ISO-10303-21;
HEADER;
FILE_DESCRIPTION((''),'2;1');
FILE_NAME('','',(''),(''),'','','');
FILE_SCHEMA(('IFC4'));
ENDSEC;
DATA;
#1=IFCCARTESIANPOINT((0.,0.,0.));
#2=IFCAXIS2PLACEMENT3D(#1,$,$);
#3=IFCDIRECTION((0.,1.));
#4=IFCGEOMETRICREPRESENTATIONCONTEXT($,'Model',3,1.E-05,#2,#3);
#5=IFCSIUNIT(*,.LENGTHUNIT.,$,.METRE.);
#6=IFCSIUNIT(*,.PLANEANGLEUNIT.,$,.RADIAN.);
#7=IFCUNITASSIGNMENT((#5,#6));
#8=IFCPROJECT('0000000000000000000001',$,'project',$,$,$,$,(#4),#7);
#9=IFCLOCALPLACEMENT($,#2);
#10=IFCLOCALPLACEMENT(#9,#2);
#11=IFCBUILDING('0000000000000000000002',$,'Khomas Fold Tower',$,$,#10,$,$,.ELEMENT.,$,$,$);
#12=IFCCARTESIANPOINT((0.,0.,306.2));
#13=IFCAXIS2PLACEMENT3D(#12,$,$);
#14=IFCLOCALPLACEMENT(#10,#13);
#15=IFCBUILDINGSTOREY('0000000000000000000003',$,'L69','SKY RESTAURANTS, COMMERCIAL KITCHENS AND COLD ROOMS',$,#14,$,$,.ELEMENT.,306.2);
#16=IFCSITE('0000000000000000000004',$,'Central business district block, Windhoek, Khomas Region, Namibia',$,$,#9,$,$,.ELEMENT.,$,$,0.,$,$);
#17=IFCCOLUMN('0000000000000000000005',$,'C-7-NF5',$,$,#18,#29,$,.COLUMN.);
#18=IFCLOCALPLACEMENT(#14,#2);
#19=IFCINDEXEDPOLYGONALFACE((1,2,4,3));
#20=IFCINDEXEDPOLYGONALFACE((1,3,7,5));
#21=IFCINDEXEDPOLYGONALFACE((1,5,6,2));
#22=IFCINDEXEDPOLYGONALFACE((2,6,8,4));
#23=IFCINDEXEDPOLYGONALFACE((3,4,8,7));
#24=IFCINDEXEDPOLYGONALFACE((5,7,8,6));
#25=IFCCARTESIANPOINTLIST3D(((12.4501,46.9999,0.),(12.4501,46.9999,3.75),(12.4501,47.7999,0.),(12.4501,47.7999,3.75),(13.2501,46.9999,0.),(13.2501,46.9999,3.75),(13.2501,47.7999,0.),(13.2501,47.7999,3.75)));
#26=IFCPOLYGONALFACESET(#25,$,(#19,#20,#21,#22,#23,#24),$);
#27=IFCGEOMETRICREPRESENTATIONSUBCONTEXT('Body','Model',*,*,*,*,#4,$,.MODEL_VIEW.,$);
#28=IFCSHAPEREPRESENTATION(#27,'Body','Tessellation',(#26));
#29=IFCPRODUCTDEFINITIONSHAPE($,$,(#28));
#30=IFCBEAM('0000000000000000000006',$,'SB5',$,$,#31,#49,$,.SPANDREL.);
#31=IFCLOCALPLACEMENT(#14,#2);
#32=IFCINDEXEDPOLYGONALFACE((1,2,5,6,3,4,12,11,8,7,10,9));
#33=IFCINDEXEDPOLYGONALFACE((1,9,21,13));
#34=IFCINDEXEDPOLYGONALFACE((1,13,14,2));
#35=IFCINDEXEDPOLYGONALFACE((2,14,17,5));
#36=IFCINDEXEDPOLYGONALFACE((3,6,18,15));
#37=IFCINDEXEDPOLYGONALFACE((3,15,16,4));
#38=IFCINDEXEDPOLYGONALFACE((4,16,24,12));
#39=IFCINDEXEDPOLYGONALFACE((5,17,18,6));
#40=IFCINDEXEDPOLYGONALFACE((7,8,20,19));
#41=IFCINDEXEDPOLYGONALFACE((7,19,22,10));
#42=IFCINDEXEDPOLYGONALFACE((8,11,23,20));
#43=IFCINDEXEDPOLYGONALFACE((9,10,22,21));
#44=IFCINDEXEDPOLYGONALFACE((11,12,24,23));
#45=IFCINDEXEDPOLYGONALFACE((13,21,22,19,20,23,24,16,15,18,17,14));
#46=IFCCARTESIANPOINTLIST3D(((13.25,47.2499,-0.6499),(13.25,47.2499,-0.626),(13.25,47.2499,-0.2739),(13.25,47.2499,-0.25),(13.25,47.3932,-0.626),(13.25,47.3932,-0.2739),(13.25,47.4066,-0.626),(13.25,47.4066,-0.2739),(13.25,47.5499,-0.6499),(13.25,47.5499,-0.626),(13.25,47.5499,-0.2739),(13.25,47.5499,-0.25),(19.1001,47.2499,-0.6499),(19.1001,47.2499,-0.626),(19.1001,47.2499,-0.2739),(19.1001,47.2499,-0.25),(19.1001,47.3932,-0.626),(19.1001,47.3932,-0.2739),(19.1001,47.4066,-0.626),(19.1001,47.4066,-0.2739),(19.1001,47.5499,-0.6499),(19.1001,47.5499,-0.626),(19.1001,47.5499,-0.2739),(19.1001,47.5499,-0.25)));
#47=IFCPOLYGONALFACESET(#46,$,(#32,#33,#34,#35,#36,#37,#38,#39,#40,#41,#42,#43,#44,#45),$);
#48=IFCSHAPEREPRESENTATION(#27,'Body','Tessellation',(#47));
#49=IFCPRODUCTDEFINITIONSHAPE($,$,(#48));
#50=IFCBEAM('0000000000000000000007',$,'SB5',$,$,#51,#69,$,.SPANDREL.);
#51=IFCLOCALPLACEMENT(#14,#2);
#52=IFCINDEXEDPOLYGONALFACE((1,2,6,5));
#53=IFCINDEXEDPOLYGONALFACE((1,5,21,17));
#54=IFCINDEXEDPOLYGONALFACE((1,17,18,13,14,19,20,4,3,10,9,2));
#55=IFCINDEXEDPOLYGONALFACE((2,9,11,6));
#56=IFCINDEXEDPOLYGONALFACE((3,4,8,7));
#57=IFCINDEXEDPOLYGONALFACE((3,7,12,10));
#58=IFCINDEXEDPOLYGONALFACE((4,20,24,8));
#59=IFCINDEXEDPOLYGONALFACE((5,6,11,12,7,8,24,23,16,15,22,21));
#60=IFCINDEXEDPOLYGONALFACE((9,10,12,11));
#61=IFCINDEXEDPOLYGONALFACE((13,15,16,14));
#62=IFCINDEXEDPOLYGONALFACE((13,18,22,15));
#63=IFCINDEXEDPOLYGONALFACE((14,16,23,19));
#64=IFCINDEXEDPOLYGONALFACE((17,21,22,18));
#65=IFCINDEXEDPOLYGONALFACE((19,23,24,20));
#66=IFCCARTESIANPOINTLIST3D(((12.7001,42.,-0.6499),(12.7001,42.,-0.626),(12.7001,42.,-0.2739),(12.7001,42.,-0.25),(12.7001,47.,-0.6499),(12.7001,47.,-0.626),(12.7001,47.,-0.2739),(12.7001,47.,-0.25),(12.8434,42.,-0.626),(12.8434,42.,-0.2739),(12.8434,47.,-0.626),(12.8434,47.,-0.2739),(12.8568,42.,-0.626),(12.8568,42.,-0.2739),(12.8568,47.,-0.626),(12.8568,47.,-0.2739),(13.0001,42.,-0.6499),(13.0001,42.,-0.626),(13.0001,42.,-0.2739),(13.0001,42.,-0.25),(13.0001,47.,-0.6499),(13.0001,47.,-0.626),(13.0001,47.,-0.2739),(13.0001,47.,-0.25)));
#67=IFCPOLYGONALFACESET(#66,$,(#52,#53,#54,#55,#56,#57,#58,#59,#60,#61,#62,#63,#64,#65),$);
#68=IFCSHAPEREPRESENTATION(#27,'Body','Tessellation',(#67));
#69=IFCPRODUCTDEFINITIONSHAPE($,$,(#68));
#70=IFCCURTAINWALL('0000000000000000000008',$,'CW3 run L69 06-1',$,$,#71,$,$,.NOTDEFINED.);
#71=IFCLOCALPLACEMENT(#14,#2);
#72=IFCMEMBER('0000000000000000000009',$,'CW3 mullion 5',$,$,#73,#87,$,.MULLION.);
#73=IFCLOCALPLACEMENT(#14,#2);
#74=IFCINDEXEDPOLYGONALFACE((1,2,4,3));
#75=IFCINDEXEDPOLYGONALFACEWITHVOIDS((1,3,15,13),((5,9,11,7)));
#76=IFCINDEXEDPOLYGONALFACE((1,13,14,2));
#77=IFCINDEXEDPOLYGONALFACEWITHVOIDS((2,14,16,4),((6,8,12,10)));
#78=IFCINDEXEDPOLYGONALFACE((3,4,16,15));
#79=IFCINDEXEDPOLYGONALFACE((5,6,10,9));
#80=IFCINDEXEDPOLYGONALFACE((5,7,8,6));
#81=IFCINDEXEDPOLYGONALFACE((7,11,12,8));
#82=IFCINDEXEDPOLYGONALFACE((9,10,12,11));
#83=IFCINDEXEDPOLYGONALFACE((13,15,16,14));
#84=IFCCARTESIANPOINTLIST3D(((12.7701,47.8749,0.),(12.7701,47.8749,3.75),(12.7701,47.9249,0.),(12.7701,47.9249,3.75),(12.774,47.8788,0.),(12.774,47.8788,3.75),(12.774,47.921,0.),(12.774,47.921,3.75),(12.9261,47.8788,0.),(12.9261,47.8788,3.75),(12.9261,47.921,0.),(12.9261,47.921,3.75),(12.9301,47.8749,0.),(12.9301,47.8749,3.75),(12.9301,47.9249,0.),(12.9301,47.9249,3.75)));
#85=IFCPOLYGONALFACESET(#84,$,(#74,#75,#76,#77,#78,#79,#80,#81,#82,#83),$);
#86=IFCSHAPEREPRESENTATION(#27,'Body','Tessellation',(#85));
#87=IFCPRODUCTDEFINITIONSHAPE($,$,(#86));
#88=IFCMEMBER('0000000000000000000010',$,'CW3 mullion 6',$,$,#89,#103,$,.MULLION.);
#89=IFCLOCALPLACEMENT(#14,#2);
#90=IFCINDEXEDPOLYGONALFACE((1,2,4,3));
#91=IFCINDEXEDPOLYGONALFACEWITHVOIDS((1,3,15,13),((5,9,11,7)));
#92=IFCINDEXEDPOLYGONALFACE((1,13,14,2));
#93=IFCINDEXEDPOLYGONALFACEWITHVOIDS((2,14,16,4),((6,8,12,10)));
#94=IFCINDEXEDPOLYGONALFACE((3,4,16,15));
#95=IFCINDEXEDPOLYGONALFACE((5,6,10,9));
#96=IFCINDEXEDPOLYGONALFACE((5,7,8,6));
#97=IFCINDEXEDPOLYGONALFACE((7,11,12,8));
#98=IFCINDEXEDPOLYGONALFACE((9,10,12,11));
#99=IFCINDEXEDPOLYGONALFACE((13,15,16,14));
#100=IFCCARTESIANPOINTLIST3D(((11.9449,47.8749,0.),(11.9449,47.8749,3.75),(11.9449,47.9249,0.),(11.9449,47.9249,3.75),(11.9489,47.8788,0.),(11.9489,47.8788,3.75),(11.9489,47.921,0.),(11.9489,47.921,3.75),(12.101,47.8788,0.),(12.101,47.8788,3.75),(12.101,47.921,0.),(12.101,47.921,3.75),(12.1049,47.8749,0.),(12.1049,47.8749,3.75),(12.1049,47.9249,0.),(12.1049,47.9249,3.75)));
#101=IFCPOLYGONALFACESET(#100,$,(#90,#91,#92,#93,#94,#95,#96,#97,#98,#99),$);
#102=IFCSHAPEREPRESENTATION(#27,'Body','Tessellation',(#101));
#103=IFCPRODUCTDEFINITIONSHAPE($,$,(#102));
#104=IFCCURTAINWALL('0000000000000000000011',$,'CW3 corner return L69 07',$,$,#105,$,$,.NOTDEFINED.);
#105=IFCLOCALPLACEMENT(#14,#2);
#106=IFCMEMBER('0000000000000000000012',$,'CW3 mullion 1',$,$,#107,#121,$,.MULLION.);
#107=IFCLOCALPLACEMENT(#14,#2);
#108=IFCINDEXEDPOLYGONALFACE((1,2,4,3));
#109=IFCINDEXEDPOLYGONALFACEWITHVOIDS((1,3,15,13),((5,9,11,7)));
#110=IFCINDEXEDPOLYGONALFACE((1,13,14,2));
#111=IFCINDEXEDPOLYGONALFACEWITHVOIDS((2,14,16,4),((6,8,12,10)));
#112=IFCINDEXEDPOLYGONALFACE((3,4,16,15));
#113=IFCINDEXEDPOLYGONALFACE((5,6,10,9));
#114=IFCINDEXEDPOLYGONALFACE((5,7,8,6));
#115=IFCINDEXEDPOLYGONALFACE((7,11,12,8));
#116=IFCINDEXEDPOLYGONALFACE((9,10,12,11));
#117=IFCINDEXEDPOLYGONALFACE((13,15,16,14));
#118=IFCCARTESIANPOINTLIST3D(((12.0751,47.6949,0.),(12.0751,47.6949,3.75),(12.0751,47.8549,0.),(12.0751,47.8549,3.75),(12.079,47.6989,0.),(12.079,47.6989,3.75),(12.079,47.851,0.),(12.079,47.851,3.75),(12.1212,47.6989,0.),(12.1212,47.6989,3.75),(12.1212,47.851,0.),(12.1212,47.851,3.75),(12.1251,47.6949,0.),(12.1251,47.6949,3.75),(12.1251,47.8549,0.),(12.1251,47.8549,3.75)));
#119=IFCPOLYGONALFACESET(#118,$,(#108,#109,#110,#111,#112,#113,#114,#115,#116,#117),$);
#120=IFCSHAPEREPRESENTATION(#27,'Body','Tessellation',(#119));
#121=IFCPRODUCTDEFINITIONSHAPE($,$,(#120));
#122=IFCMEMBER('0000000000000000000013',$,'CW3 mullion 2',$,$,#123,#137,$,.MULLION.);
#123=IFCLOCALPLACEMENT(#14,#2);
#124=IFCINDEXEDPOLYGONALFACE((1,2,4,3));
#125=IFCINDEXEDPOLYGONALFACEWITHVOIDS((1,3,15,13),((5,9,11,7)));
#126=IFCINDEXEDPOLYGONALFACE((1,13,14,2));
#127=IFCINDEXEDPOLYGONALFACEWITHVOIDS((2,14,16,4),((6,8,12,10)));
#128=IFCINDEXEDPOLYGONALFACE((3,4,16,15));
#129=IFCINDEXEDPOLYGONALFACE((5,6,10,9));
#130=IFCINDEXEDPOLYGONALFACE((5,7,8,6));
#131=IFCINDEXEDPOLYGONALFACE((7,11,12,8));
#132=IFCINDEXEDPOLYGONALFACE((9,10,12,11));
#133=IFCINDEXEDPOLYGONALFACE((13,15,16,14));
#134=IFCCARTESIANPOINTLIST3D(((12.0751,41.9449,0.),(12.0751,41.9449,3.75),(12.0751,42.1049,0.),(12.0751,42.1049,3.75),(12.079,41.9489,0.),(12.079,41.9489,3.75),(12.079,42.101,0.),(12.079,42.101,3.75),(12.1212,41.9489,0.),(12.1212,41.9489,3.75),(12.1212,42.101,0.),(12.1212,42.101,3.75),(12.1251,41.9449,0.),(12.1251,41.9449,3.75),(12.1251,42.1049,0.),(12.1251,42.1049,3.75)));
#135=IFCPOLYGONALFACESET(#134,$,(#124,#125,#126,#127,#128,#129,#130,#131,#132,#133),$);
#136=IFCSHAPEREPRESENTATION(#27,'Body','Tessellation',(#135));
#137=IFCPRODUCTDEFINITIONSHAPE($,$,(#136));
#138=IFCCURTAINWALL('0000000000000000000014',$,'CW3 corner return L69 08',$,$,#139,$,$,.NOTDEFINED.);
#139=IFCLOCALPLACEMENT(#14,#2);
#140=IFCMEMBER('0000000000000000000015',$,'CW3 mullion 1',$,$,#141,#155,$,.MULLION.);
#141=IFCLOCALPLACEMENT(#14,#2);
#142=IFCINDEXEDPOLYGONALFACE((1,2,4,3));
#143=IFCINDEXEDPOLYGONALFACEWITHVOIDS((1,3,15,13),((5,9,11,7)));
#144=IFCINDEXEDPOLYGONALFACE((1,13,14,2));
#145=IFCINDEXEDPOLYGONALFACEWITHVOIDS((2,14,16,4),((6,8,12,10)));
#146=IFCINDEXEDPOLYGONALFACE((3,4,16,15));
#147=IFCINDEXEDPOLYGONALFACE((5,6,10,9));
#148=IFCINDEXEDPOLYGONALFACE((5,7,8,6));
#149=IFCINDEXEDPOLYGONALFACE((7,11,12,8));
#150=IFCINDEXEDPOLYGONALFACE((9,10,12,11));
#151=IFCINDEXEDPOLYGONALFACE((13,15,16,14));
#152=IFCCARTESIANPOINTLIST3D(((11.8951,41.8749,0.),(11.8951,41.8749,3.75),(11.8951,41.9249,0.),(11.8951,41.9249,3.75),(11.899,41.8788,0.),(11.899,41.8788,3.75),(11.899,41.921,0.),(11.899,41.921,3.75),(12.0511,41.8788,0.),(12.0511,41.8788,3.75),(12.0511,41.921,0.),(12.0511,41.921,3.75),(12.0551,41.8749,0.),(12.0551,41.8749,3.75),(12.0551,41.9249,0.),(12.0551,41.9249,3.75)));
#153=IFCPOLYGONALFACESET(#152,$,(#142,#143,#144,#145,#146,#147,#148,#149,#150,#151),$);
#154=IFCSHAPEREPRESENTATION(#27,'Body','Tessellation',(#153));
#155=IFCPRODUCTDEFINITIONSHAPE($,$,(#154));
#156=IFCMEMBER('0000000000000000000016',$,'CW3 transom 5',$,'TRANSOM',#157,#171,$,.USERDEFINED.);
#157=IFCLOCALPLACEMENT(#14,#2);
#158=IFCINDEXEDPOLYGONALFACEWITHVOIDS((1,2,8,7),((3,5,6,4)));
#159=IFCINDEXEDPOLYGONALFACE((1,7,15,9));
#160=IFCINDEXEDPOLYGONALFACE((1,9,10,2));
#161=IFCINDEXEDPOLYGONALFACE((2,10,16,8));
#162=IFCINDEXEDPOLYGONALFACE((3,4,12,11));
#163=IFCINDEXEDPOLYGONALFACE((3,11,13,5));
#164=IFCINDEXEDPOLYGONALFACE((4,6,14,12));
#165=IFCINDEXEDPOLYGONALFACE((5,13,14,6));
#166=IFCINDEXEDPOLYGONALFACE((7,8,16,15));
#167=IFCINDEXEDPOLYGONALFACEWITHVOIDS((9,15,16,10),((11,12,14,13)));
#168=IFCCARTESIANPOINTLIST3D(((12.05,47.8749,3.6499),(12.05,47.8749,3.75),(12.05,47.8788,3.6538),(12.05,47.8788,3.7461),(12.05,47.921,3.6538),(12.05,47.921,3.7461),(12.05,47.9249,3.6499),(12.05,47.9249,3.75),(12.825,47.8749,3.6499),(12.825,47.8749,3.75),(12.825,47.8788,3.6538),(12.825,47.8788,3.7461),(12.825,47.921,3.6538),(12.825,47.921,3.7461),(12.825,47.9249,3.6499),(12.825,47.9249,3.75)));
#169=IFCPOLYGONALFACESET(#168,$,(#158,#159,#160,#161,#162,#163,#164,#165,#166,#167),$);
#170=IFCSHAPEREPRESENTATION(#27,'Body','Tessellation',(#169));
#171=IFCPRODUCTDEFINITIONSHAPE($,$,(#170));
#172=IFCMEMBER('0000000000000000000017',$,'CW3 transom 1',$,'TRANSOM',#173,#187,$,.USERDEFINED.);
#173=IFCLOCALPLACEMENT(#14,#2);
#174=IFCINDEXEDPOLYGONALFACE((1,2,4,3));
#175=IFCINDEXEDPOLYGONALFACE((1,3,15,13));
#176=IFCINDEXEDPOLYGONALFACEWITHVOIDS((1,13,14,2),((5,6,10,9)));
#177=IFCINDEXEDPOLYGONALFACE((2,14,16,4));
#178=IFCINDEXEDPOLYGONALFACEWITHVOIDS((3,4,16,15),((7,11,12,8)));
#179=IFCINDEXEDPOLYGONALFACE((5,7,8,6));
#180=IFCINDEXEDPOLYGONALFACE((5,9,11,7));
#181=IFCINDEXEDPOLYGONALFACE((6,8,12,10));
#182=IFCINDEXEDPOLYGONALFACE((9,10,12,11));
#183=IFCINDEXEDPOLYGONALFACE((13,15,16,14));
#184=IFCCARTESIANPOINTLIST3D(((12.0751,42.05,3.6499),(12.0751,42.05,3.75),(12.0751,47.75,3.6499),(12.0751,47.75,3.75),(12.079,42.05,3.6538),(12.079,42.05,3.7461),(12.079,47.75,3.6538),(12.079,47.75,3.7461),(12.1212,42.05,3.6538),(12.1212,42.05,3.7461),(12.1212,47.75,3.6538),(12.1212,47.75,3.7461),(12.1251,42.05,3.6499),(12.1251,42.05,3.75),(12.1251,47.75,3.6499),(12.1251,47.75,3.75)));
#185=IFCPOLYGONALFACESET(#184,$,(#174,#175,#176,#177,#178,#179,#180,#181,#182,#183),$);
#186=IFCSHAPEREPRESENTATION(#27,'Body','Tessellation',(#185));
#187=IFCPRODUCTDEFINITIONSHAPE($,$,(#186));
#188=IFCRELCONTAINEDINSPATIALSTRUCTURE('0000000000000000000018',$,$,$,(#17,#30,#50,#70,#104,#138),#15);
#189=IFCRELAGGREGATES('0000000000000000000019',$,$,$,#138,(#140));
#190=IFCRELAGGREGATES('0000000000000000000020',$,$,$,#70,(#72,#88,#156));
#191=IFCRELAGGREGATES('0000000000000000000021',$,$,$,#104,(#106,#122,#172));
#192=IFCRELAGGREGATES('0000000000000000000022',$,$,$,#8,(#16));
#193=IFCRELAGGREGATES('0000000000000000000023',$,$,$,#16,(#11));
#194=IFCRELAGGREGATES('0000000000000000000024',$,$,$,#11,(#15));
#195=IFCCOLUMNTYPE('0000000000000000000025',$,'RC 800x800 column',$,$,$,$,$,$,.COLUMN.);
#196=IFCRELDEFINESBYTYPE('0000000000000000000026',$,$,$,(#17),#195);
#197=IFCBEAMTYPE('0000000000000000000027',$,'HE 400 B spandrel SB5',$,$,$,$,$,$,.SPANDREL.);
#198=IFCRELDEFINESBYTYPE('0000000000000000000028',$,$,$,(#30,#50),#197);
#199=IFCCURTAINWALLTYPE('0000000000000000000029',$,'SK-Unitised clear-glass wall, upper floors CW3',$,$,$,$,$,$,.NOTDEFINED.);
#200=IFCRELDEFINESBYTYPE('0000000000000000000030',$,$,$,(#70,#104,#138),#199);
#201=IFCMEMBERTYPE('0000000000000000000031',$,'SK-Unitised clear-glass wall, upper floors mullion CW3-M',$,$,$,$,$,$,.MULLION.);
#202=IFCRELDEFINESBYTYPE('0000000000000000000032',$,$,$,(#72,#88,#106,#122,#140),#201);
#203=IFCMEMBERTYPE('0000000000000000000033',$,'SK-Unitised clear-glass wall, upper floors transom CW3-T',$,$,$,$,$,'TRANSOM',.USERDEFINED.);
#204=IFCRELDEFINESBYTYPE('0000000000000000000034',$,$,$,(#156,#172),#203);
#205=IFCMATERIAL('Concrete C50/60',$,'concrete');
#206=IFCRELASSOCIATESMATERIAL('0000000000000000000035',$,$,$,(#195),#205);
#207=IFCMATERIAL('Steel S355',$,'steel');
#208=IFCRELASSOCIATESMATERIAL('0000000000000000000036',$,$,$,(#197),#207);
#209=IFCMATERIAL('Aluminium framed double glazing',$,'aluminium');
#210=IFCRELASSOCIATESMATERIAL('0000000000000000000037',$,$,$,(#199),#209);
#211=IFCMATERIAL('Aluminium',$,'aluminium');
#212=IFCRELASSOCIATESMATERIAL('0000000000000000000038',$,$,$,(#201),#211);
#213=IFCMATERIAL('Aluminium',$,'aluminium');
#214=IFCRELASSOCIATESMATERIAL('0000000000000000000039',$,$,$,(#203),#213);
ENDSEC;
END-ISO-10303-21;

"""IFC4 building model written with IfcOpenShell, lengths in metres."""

from ifc_helpers import new_model, si_unit, direction, frame, origin, origin_2d, place, context, subcontext, project, spatial, rectangle, hollow_rectangle, i_section, extrude, source, transform, mapped, material, material_profile, profile_set, type_object, element, aggregate, save


model = new_model("IFC4")

# Units and contexts
model_context = context("Model", 3, precision=1e-05, world=origin(), true_north=direction((0.0, 1.0)))
body_context = subcontext(model_context, "Body", "Model", "MODEL_VIEW")
ifc_project = project(units=[si_unit("LENGTHUNIT", "METRE"), si_unit("PLANEANGLEUNIT", "RADIAN")], contexts=[model_context])

# Site, building, storey
site_placement = place(None, origin())
site = spatial("IfcSite", under=ifc_project, at=site_placement, Name="Central business district block, Windhoek, Khomas Region, Namibia", CompositionType="ELEMENT", RefElevation=0.0)
building_placement = place(site_placement, origin())
building = spatial("IfcBuilding", under=site, at=building_placement, Name="Khomas Fold Tower", CompositionType="ELEMENT")
storey_placement = place(building_placement, frame((0.0, 0.0, 306.2)))
storey = spatial("IfcBuildingStorey", under=building, at=storey_placement, Name="L69", Description="SKY RESTAURANTS, COMMERCIAL KITCHENS AND COLD ROOMS", CompositionType="ELEMENT", Elevation=306.2)

# Column
ifc_material_1 = material(Name="Concrete C50/60", Category="concrete")
ifc_material_profile_1 = material_profile(ifc_material_1, rectangle(XDim=0.8, YDim=0.8, at=origin_2d()), Name="RC 800x800")
ifc_profile_set_1 = profile_set([ifc_material_profile_1], Name="Concrete C50/60")
column_type = type_object("IfcColumnType", Name="RC 800x800 column", PredefinedType="COLUMN", material=ifc_profile_set_1)
shared_shape_1 = source(origin(), body_context, "Body", "SweptSolid", [
    extrude(rectangle(XDim=0.8, YDim=0.8, at=origin_2d()), origin(), (0.0, 0.0, 1.0), 3.75),
])
column_placement = place(storey_placement, frame((12.8501, 47.3999, 0.0), z_axis=(0.0, 0.0, 1.0), x_axis=(1.0, 0.0, 0.0)))
element("IfcColumn", 1, at=column_placement, inside=storey, type_object=column_type, Name="C-7-NF5", PredefinedType="COLUMN", context=body_context, shape_type="MappedRepresentation", body=[
    mapped(shared_shape_1, transform((0.0, 0.0, 0.0))),
])

# Beams
ifc_material_2 = material(Name="Steel S355", Category="steel")
ifc_material_profile_2 = material_profile(ifc_material_2, i_section(OverallWidth=0.3, OverallDepth=0.3999, WebThickness=0.0134, FlangeThickness=0.0239, at=origin_2d()), Name="HE 400 B")
ifc_profile_set_2 = profile_set([ifc_material_profile_2], Name="Steel S355")
beam_type = type_object("IfcBeamType", Name="HE 400 B spandrel SB5", PredefinedType="SPANDREL", material=ifc_profile_set_2)
shared_shape_2 = source(origin(), body_context, "Body", "SweptSolid", [
    extrude(i_section(OverallWidth=0.3, OverallDepth=0.3999, WebThickness=0.0134, FlangeThickness=0.0239, at=origin_2d()), origin(), (0.0, 0.0, 1.0), 5.8501),
])
beam_1_placement = place(storey_placement, frame((13.25, 47.3999, -0.45), z_axis=(1.0, 0.0, 0.0), x_axis=(0.0, 1.0, 0.0)))
element("IfcBeam", 2, at=beam_1_placement, inside=storey, type_object=beam_type, Name="SB5", PredefinedType="SPANDREL", context=body_context, shape_type="MappedRepresentation", body=[
    mapped(shared_shape_2, transform((0.0, 0.0, 0.0))),
])
shared_shape_3 = source(origin(), body_context, "Body", "SweptSolid", [
    extrude(i_section(OverallWidth=0.3, OverallDepth=0.3999, WebThickness=0.0134, FlangeThickness=0.0239, at=origin_2d()), origin(), (0.0, 0.0, 1.0), 5.0),
])
beam_2_placement = place(storey_placement, frame((12.8501, 42.0, -0.45), z_axis=(0.0, 1.0, 0.0), x_axis=(-1.0, 0.0, 0.0)))
element("IfcBeam", 3, at=beam_2_placement, inside=storey, type_object=beam_type, Name="SB5", PredefinedType="SPANDREL", context=body_context, shape_type="MappedRepresentation", body=[
    mapped(shared_shape_3, transform((0.0, 0.0, 0.0))),
])

# Curtain walls, members
ifc_material_3 = material(Name="Aluminium framed double glazing", Category="aluminium")
curtain_wall_type = type_object("IfcCurtainWallType", Name="SK-Unitised clear-glass wall, upper floors CW3", PredefinedType="NOTDEFINED", material=ifc_material_3)
curtain_wall_1_placement = place(storey_placement, origin())
curtain_wall_1 = element("IfcCurtainWall", 4, at=curtain_wall_1_placement, inside=storey, type_object=curtain_wall_type, Name="CW3 run L69 06-1", PredefinedType="NOTDEFINED")
ifc_material_4 = material(Name="Aluminium", Category="aluminium")
ifc_material_profile_3 = material_profile(ifc_material_4, hollow_rectangle(XDim=0.05, YDim=0.1599, WallThickness=0.0039, at=origin_2d()), Name="SK-Unitised clear-glass wall, upper floors mullion CW3-M")
ifc_profile_set_3 = profile_set([ifc_material_profile_3], Name="Aluminium")
member_type_1 = type_object("IfcMemberType", Name="SK-Unitised clear-glass wall, upper floors mullion CW3-M", PredefinedType="MULLION", material=ifc_profile_set_3)
shared_shape_4 = source(origin(), body_context, "Body", "SweptSolid", [
    extrude(hollow_rectangle(XDim=0.05, YDim=0.1599, WallThickness=0.0039, at=origin_2d()), origin(), (0.0, 0.0, 1.0), 3.75),
])
member_1_placement = place(storey_placement, frame((12.8501, 47.8999, 0.0), z_axis=(0.0, 0.0, 1.0), x_axis=(0.0, -1.0, 0.0)))
member_1 = element("IfcMember", 5, at=member_1_placement, type_object=member_type_1, Name="CW3 mullion 5", PredefinedType="MULLION", context=body_context, shape_type="MappedRepresentation", body=[
    mapped(shared_shape_4, transform((0.0, 0.0, 0.0))),
])
member_2_placement = place(storey_placement, frame((12.0249, 47.8999, 0.0), z_axis=(0.0, 0.0, 1.0), x_axis=(0.0, -1.0, 0.0)))
member_2 = element("IfcMember", 6, at=member_2_placement, type_object=member_type_1, Name="CW3 mullion 6", PredefinedType="MULLION", context=body_context, shape_type="MappedRepresentation", body=[
    mapped(shared_shape_4, transform((0.0, 0.0, 0.0))),
])
curtain_wall_2_placement = place(storey_placement, origin())
curtain_wall_2 = element("IfcCurtainWall", 7, at=curtain_wall_2_placement, inside=storey, type_object=curtain_wall_type, Name="CW3 corner return L69 07", PredefinedType="NOTDEFINED")
member_3_placement = place(storey_placement, frame((12.1001, 47.7749, 0.0), z_axis=(0.0, 0.0, 1.0), x_axis=(1.0, 0.0, 0.0)))
member_3 = element("IfcMember", 8, at=member_3_placement, type_object=member_type_1, Name="CW3 mullion 1", PredefinedType="MULLION", context=body_context, shape_type="MappedRepresentation", body=[
    mapped(shared_shape_4, transform((0.0, 0.0, 0.0))),
])
member_4_placement = place(storey_placement, frame((12.1001, 42.0249, 0.0), z_axis=(0.0, 0.0, 1.0), x_axis=(1.0, 0.0, 0.0)))
member_4 = element("IfcMember", 9, at=member_4_placement, type_object=member_type_1, Name="CW3 mullion 2", PredefinedType="MULLION", context=body_context, shape_type="MappedRepresentation", body=[
    mapped(shared_shape_4, transform((0.0, 0.0, 0.0))),
])

# Curtain wall, member
curtain_wall_3_placement = place(storey_placement, origin())
curtain_wall_3 = element("IfcCurtainWall", 10, at=curtain_wall_3_placement, inside=storey, type_object=curtain_wall_type, Name="CW3 corner return L69 08", PredefinedType="NOTDEFINED")
member_5_placement = place(storey_placement, frame((11.9751, 41.8999, 0.0), z_axis=(0.0, 0.0, 1.0), x_axis=(0.0, -1.0, 0.0)))
member_5 = element("IfcMember", 11, at=member_5_placement, type_object=member_type_1, Name="CW3 mullion 1", PredefinedType="MULLION", context=body_context, shape_type="MappedRepresentation", body=[
    mapped(shared_shape_4, transform((0.0, 0.0, 0.0))),
])

# Members
ifc_material_5 = material(Name="Aluminium", Category="aluminium")
ifc_material_profile_4 = material_profile(ifc_material_5, hollow_rectangle(XDim=0.05, YDim=0.1001, WallThickness=0.0039, at=origin_2d()), Name="SK-Unitised clear-glass wall, upper floors transom CW3-T")
ifc_profile_set_4 = profile_set([ifc_material_profile_4], Name="Aluminium")
member_type_2 = type_object("IfcMemberType", Name="SK-Unitised clear-glass wall, upper floors transom CW3-T", ElementType="TRANSOM", PredefinedType="USERDEFINED", material=ifc_profile_set_4)
shared_shape_5 = source(origin(), body_context, "Body", "SweptSolid", [
    extrude(hollow_rectangle(XDim=0.05, YDim=0.1001, WallThickness=0.0039, at=origin_2d()), origin(), (0.0, 0.0, 1.0), 0.7749),
])
member_6_placement = place(storey_placement, frame((12.825, 47.8999, 3.7), z_axis=(-1.0, 0.0, 0.0), x_axis=(0.0, -1.0, 0.0)))
member_6 = element("IfcMember", 12, at=member_6_placement, type_object=member_type_2, Name="CW3 transom 5", ObjectType="TRANSOM", PredefinedType="USERDEFINED", context=body_context, shape_type="MappedRepresentation", body=[
    mapped(shared_shape_5, transform((0.0, 0.0, 0.0))),
])
shared_shape_6 = source(origin(), body_context, "Body", "SweptSolid", [
    extrude(hollow_rectangle(XDim=0.05, YDim=0.1001, WallThickness=0.0039, at=origin_2d()), origin(), (0.0, 0.0, 1.0), 5.7),
])
member_7_placement = place(storey_placement, frame((12.1001, 47.75, 3.7), z_axis=(0.0, -1.0, 0.0), x_axis=(1.0, 0.0, 0.0)))
member_7 = element("IfcMember", 13, at=member_7_placement, type_object=member_type_2, Name="CW3 transom 1", ObjectType="TRANSOM", PredefinedType="USERDEFINED", context=body_context, shape_type="MappedRepresentation", body=[
    mapped(shared_shape_6, transform((0.0, 0.0, 0.0))),
])
aggregate(curtain_wall_3, [member_5])

aggregate(curtain_wall_1, [member_1, member_2, member_6])
aggregate(curtain_wall_2, [member_3, member_4, member_7])

save(model, "model.ifc")
